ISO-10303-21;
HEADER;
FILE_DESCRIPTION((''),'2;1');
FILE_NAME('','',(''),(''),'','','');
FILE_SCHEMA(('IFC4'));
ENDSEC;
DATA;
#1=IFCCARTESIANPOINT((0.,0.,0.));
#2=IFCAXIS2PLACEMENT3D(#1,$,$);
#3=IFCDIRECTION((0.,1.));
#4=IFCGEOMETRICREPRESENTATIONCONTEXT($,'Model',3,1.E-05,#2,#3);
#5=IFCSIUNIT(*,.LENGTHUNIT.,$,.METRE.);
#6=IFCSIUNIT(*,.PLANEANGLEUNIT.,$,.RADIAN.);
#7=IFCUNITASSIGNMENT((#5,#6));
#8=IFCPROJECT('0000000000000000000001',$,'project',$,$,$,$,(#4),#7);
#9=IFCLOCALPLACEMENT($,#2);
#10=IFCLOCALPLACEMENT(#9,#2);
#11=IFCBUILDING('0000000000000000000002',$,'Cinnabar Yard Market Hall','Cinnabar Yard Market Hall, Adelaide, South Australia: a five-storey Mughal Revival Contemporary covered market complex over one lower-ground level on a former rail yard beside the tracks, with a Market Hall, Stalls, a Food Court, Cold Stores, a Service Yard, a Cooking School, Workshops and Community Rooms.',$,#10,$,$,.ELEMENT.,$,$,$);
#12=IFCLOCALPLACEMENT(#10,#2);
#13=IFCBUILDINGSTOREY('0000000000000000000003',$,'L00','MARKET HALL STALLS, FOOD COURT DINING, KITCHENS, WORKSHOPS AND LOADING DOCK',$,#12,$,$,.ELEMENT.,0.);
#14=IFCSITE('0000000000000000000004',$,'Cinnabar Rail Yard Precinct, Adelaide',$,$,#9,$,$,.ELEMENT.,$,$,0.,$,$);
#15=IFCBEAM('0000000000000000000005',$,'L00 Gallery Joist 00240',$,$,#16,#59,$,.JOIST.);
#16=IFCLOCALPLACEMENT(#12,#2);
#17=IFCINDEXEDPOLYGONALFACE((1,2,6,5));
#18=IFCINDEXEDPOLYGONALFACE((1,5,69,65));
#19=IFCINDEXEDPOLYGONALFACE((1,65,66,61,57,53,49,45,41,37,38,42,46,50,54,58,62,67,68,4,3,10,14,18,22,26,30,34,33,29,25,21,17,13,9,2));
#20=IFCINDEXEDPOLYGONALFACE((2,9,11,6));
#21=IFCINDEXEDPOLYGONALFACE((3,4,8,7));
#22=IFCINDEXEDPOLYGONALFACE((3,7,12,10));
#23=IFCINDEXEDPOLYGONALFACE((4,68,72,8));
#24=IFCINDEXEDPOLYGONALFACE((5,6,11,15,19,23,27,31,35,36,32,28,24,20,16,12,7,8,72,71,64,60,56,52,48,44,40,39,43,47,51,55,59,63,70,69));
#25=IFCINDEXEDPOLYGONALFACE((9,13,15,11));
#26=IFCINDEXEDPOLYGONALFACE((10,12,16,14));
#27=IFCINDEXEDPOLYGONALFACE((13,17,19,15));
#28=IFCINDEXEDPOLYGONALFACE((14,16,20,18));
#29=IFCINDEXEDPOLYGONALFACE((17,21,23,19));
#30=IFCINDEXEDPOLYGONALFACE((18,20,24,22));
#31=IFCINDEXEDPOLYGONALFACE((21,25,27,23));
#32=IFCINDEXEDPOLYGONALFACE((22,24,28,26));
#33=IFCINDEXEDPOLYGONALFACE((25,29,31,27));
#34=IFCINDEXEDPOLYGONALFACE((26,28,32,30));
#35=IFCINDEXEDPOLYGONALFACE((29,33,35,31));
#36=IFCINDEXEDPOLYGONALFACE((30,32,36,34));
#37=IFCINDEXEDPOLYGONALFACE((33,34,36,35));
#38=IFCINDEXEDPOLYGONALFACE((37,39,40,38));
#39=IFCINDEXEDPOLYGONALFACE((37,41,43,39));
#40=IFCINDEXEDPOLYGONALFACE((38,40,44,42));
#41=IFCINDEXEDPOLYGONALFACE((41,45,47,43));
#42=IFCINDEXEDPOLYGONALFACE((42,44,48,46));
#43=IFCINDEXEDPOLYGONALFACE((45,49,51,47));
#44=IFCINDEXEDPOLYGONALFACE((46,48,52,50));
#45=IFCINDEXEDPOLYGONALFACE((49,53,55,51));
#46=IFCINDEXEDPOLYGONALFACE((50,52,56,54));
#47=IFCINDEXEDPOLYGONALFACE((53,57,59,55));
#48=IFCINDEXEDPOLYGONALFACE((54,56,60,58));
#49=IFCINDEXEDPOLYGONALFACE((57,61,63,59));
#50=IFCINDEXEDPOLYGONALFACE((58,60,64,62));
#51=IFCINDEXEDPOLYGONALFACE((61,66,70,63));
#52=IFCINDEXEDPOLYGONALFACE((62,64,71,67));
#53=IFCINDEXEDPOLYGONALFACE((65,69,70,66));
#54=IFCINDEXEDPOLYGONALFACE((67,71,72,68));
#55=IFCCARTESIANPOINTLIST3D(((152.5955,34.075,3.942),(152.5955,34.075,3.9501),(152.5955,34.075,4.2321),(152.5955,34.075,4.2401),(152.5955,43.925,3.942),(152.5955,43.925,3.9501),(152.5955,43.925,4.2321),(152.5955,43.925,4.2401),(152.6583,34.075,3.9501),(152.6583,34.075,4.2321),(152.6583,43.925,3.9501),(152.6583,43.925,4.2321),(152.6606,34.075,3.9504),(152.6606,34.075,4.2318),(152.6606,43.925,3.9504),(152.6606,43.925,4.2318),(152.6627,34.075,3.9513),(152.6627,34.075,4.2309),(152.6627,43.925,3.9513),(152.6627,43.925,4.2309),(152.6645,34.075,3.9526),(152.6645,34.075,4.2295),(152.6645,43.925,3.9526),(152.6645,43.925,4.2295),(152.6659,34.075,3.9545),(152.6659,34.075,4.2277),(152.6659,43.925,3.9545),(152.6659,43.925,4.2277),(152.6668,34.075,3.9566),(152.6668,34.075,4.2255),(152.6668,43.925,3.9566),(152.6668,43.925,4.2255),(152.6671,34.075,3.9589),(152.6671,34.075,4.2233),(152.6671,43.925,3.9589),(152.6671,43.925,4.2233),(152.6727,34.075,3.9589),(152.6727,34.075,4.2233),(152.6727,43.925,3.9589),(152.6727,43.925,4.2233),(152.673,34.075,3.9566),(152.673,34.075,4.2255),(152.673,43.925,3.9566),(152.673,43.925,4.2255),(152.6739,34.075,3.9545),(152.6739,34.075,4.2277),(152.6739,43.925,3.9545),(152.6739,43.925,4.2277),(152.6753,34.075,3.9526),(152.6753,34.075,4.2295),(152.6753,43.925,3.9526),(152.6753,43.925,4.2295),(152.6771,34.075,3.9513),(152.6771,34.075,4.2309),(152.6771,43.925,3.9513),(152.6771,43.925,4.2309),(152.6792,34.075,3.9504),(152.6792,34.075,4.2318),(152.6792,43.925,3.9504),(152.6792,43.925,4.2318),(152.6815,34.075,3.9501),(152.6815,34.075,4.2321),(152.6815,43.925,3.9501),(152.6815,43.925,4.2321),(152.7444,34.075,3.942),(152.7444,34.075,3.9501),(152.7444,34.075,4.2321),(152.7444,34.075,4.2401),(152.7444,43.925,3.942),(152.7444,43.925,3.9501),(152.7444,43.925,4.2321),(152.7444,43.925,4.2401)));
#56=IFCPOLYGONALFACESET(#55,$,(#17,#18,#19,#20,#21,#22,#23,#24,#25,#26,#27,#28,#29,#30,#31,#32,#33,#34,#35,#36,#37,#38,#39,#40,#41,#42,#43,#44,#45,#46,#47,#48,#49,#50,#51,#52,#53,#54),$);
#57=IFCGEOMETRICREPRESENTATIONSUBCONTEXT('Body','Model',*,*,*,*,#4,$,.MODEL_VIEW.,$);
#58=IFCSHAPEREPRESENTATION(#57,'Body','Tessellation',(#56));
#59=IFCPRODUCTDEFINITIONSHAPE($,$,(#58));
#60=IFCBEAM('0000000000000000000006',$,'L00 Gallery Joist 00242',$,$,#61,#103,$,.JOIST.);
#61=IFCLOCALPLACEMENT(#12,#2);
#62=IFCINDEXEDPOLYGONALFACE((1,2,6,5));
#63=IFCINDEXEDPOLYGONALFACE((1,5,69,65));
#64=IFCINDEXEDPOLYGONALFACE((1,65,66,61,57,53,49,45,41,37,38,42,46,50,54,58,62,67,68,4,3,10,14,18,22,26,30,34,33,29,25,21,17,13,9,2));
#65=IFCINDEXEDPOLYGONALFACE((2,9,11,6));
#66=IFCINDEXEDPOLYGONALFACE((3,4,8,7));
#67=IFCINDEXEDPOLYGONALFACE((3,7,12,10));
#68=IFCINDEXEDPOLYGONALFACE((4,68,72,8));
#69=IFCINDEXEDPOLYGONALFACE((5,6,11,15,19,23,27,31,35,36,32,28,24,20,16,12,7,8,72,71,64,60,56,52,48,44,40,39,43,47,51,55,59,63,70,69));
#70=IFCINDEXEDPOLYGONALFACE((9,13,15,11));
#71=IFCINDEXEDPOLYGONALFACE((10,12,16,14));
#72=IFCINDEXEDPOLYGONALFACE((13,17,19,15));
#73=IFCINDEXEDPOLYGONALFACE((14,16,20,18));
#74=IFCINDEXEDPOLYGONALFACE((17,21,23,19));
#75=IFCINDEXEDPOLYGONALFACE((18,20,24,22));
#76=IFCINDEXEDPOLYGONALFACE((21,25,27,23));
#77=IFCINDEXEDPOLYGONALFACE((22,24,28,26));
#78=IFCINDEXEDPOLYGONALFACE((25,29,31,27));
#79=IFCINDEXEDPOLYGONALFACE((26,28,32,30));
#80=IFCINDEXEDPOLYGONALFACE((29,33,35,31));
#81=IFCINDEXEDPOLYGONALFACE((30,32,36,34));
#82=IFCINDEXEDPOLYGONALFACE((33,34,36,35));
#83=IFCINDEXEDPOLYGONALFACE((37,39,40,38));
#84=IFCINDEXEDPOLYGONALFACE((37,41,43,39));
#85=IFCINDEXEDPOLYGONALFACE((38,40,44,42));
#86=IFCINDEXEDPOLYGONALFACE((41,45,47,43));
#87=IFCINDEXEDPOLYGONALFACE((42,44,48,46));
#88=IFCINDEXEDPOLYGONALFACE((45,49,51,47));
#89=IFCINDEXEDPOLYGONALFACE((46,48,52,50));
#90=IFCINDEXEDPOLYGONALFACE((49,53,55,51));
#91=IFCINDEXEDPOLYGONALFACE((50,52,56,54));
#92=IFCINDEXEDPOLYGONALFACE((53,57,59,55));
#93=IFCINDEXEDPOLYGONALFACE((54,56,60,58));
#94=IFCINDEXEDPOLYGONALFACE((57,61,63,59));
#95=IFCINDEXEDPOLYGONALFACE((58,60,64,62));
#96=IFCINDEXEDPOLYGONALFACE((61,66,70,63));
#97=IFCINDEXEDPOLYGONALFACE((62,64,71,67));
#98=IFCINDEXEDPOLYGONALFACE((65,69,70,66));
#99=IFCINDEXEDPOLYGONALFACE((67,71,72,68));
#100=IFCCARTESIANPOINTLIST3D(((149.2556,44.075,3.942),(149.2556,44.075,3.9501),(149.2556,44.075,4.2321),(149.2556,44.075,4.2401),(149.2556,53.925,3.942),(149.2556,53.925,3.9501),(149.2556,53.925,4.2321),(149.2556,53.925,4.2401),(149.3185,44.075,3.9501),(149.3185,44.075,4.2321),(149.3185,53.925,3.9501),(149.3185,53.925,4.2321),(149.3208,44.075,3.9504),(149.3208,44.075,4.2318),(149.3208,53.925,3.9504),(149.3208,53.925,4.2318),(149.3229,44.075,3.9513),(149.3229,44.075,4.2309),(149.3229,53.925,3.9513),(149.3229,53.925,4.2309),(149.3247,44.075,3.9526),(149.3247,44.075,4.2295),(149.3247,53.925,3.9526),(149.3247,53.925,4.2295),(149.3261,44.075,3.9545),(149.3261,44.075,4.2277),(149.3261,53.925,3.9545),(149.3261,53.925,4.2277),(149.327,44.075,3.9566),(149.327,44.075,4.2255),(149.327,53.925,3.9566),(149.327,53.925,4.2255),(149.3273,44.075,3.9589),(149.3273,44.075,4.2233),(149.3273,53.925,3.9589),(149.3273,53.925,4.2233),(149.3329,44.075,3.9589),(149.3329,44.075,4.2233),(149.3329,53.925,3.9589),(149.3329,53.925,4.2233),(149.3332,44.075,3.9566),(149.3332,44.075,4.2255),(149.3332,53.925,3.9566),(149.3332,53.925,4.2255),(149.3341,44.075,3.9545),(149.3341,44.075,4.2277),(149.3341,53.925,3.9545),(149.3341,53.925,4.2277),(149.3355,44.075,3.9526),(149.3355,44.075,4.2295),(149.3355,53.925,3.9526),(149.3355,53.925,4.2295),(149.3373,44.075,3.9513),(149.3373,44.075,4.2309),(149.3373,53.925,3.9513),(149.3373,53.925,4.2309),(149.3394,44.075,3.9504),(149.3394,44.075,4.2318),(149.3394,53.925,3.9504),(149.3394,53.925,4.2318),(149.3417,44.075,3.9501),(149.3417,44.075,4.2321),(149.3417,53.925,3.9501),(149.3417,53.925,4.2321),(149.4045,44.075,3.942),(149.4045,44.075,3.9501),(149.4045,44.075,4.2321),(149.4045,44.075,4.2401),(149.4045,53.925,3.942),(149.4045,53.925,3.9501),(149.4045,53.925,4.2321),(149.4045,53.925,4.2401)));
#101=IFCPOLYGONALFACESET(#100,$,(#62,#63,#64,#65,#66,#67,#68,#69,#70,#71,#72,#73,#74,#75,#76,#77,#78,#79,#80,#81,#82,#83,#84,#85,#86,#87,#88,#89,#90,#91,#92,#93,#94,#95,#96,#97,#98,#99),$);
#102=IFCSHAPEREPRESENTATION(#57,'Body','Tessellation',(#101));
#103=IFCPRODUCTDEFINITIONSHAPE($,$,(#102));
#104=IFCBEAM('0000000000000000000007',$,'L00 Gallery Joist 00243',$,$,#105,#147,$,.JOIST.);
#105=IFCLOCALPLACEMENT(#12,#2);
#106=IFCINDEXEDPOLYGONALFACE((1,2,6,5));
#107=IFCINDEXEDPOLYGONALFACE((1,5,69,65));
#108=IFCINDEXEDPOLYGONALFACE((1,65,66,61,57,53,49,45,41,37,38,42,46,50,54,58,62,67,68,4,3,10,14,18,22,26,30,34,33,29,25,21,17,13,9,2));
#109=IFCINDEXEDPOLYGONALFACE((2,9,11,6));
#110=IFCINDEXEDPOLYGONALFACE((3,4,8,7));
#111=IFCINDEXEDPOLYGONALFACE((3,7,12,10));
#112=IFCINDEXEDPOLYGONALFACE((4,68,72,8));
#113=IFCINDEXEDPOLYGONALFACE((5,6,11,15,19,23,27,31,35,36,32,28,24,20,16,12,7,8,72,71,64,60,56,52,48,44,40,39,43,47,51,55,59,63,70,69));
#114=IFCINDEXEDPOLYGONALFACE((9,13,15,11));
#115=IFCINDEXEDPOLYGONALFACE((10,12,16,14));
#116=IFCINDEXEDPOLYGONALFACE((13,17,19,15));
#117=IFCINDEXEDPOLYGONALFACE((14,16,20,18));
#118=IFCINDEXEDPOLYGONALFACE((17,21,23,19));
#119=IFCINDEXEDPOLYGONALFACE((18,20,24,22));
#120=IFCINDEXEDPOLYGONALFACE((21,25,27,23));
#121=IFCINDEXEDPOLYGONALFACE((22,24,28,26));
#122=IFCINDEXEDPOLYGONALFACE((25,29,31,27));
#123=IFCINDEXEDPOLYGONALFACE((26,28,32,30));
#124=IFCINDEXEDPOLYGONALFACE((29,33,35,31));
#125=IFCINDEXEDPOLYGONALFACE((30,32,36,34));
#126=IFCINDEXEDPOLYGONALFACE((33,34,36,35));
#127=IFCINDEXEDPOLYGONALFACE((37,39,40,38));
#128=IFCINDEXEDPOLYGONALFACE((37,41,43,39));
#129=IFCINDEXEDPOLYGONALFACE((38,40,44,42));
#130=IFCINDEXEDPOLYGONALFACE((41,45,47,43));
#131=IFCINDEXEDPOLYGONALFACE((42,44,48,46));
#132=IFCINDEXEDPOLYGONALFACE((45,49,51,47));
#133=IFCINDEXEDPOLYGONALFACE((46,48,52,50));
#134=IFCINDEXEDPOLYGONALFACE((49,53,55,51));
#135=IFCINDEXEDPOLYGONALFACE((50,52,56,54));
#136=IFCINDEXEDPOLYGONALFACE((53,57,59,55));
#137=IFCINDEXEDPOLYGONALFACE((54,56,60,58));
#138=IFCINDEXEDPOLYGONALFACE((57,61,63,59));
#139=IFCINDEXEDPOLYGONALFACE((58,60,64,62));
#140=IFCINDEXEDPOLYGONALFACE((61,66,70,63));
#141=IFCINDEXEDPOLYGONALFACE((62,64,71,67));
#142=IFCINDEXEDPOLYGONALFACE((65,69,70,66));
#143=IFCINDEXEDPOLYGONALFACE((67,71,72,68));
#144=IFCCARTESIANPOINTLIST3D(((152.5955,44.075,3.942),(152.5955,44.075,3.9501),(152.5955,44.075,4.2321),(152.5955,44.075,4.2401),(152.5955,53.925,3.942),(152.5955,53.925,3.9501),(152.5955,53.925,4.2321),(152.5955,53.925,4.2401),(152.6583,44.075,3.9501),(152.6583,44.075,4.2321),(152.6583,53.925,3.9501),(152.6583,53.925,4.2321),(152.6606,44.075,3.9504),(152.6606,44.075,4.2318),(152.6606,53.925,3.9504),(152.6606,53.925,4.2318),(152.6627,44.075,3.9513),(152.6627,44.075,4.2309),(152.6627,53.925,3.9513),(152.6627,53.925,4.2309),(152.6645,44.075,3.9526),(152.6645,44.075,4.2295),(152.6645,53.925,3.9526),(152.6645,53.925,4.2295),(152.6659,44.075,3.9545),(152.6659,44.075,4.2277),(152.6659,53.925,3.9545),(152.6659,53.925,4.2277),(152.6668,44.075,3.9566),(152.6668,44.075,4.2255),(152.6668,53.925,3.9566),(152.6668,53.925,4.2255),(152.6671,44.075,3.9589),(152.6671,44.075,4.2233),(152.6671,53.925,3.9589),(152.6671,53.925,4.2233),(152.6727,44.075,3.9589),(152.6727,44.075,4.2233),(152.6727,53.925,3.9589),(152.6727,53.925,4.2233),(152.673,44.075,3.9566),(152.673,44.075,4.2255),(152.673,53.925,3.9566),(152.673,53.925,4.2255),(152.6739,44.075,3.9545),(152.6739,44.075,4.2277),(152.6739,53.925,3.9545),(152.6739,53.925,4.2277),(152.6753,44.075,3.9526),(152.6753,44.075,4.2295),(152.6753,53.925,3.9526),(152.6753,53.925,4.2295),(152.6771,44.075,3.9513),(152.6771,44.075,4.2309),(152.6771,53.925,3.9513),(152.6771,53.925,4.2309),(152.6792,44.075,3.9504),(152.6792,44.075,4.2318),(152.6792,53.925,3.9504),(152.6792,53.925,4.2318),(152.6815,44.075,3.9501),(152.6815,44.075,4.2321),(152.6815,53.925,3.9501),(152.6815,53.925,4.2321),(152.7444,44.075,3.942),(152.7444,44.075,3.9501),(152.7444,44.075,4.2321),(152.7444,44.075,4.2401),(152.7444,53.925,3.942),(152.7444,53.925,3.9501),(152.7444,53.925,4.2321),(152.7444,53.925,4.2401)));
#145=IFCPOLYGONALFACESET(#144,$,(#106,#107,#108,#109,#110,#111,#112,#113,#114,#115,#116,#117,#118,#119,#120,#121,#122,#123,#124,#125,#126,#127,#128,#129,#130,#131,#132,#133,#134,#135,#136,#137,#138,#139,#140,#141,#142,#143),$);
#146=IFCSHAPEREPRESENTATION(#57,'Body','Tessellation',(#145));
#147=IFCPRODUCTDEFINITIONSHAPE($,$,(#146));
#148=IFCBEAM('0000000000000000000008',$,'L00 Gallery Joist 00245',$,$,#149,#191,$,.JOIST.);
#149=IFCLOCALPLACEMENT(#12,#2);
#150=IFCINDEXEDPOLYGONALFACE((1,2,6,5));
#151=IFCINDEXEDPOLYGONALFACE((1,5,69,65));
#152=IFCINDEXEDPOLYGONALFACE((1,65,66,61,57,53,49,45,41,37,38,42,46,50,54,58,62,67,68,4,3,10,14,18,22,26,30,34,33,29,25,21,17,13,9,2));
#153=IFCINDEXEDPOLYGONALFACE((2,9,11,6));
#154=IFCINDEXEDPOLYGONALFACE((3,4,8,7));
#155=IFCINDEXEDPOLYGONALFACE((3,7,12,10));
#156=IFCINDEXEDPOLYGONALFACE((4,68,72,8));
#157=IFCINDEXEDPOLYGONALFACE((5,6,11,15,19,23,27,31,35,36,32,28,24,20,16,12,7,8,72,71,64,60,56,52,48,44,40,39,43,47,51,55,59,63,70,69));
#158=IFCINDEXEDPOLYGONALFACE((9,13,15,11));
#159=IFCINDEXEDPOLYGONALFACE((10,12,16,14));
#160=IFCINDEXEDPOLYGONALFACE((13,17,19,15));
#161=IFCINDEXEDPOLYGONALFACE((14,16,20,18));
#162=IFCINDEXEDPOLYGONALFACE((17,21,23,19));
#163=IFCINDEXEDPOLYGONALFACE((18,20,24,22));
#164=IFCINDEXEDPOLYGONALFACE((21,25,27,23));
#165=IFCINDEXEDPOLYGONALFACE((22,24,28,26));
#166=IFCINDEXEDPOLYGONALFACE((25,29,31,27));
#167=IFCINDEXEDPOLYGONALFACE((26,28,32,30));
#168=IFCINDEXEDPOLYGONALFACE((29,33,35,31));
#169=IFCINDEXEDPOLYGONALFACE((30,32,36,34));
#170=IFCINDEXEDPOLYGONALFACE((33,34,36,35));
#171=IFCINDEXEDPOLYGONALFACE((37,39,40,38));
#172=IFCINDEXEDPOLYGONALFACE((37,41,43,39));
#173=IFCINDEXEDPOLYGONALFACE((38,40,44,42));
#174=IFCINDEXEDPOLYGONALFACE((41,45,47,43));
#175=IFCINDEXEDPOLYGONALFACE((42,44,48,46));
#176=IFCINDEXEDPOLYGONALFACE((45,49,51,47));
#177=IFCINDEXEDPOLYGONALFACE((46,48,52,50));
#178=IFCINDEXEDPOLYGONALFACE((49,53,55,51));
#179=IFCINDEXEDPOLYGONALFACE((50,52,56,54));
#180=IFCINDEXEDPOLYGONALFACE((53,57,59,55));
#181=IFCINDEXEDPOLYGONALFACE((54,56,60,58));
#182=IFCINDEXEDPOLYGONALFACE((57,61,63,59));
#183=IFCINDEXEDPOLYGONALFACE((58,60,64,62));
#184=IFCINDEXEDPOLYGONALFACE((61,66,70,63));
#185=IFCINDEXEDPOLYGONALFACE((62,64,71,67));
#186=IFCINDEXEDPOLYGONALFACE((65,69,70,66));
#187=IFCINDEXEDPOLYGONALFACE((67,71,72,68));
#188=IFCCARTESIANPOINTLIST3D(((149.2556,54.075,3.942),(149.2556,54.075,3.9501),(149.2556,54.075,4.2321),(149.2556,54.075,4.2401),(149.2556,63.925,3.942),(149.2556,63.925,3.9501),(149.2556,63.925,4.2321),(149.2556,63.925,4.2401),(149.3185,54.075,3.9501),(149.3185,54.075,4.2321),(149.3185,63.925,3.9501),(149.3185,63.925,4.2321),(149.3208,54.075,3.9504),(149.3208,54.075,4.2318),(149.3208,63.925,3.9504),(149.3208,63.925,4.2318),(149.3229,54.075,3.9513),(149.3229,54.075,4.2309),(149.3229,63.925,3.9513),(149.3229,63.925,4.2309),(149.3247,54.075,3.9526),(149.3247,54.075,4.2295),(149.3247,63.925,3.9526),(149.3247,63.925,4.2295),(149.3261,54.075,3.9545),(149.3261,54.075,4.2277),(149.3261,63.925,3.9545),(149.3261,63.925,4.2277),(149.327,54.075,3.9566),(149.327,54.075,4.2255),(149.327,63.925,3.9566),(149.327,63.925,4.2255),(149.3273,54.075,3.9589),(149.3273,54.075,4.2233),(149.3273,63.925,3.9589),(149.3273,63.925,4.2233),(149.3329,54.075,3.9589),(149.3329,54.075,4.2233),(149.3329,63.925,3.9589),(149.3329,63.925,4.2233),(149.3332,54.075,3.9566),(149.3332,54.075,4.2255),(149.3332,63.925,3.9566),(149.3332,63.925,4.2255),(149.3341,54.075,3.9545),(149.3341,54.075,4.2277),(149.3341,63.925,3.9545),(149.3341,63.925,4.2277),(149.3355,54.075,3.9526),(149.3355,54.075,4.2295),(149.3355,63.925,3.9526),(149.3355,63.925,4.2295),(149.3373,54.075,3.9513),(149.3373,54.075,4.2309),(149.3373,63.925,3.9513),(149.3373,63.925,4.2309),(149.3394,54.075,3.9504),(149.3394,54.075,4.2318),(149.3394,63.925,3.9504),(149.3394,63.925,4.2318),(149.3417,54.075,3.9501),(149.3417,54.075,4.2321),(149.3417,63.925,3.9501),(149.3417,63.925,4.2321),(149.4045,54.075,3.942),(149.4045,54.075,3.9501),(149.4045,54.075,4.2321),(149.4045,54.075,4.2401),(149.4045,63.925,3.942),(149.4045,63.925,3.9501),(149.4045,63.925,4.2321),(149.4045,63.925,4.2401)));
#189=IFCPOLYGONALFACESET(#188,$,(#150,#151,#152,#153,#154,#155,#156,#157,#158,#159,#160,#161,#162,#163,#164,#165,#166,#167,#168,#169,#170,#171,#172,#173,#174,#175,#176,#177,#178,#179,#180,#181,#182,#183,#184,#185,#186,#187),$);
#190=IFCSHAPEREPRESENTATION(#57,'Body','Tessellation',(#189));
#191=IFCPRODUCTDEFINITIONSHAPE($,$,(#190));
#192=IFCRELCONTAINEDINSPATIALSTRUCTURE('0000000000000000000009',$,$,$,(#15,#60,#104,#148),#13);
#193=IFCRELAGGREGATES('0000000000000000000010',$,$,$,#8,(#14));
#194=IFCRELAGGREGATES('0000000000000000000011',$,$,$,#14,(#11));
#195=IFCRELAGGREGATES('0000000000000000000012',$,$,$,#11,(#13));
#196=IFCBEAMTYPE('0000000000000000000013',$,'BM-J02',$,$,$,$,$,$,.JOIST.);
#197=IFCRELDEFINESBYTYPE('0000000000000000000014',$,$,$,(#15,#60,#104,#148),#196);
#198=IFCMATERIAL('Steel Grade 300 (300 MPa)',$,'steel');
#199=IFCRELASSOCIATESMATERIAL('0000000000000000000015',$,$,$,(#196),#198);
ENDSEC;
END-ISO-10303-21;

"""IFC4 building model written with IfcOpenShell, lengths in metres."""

from ifc_helpers import new_model, si_unit, direction, frame, origin, origin_2d_with_axis, place, context, subcontext, project, spatial, i_section, extrude, material, material_profile, profile_set, type_object, element, save


model = new_model("IFC4")

# Units and contexts
model_context = context("Model", 3, precision=1e-05, world=origin(), true_north=direction((0.0, 1.0)))
body_context = subcontext(model_context, "Body", "Model", "MODEL_VIEW")
ifc_project = project(units=[si_unit("LENGTHUNIT", "METRE"), si_unit("PLANEANGLEUNIT", "RADIAN")], contexts=[model_context])

# Site, building, storey
site_placement = place(None, origin())
site = spatial("IfcSite", under=ifc_project, at=site_placement, Name="Cinnabar Rail Yard Precinct, Adelaide", CompositionType="ELEMENT", RefElevation=0.0)
building_placement = place(site_placement, origin())
building = spatial("IfcBuilding", under=site, at=building_placement, Name="Cinnabar Yard Market Hall", Description="Cinnabar Yard Market Hall, Adelaide, South Australia: a five-storey Mughal Revival Contemporary covered market complex over one lower-ground level on a former rail yard beside the tracks, with a Market Hall, Stalls, a Food Court, Cold Stores, a Service Yard, a Cooking School, Workshops and Community Rooms.", CompositionType="ELEMENT")
storey_placement = place(building_placement, origin())
storey = spatial("IfcBuildingStorey", under=building, at=storey_placement, Name="L00", Description="MARKET HALL STALLS, FOOD COURT DINING, KITCHENS, WORKSHOPS AND LOADING DOCK", CompositionType="ELEMENT", Elevation=0.0)

# Beams
ifc_material_1 = material(Name="Steel Grade 300 (300 MPa)", Category="steel")
ifc_material_profile_1 = material_profile(ifc_material_1, i_section(OverallWidth=0.1489, OverallDepth=0.2981, WebThickness=0.0056, FlangeThickness=0.0081, FilletRadius=0.0088, at=origin_2d_with_axis()), Name="310UB32.0")
ifc_profile_set_1 = profile_set([ifc_material_profile_1], Name="Steel Grade 300 (300 MPa)")
beam_type_1 = type_object("IfcBeamType", Name="BM-J02", PredefinedType="JOIST", material=ifc_profile_set_1)
for number, where, z_axis, x_axis, name in (
    (1, (152.6699, 34.075, 4.0911), (0.0, 1.0, 0.0), (-1.0, 0.0, 0.0), "L00 Gallery Joist 00240"),
    (2, (149.3301, 44.075, 4.0911), (0.0, 1.0, 0.0), (-1.0, 0.0, 0.0), "L00 Gallery Joist 00242"),
    (3, (152.6699, 44.075, 4.0911), (0.0, 1.0, 0.0), (-1.0, 0.0, 0.0), "L00 Gallery Joist 00243"),
    (4, (149.3301, 54.075, 4.0911), (0.0, 1.0, 0.0), (-1.0, 0.0, 0.0), "L00 Gallery Joist 00245"),
):
    element("IfcBeam", number, at=place(storey_placement, frame(where, z_axis=z_axis, x_axis=x_axis)), inside=storey, type_object=beam_type_1, Name=name, PredefinedType="JOIST", context=body_context, shape_type="SweptSolid", body=[
        extrude(i_section(OverallWidth=0.1489, OverallDepth=0.2981, WebThickness=0.0056, FlangeThickness=0.0081, FilletRadius=0.0088, at=origin_2d_with_axis()), origin(), (0.0, 0.0, 1.0), 9.8501),
    ])

save(model, "model.ifc")
